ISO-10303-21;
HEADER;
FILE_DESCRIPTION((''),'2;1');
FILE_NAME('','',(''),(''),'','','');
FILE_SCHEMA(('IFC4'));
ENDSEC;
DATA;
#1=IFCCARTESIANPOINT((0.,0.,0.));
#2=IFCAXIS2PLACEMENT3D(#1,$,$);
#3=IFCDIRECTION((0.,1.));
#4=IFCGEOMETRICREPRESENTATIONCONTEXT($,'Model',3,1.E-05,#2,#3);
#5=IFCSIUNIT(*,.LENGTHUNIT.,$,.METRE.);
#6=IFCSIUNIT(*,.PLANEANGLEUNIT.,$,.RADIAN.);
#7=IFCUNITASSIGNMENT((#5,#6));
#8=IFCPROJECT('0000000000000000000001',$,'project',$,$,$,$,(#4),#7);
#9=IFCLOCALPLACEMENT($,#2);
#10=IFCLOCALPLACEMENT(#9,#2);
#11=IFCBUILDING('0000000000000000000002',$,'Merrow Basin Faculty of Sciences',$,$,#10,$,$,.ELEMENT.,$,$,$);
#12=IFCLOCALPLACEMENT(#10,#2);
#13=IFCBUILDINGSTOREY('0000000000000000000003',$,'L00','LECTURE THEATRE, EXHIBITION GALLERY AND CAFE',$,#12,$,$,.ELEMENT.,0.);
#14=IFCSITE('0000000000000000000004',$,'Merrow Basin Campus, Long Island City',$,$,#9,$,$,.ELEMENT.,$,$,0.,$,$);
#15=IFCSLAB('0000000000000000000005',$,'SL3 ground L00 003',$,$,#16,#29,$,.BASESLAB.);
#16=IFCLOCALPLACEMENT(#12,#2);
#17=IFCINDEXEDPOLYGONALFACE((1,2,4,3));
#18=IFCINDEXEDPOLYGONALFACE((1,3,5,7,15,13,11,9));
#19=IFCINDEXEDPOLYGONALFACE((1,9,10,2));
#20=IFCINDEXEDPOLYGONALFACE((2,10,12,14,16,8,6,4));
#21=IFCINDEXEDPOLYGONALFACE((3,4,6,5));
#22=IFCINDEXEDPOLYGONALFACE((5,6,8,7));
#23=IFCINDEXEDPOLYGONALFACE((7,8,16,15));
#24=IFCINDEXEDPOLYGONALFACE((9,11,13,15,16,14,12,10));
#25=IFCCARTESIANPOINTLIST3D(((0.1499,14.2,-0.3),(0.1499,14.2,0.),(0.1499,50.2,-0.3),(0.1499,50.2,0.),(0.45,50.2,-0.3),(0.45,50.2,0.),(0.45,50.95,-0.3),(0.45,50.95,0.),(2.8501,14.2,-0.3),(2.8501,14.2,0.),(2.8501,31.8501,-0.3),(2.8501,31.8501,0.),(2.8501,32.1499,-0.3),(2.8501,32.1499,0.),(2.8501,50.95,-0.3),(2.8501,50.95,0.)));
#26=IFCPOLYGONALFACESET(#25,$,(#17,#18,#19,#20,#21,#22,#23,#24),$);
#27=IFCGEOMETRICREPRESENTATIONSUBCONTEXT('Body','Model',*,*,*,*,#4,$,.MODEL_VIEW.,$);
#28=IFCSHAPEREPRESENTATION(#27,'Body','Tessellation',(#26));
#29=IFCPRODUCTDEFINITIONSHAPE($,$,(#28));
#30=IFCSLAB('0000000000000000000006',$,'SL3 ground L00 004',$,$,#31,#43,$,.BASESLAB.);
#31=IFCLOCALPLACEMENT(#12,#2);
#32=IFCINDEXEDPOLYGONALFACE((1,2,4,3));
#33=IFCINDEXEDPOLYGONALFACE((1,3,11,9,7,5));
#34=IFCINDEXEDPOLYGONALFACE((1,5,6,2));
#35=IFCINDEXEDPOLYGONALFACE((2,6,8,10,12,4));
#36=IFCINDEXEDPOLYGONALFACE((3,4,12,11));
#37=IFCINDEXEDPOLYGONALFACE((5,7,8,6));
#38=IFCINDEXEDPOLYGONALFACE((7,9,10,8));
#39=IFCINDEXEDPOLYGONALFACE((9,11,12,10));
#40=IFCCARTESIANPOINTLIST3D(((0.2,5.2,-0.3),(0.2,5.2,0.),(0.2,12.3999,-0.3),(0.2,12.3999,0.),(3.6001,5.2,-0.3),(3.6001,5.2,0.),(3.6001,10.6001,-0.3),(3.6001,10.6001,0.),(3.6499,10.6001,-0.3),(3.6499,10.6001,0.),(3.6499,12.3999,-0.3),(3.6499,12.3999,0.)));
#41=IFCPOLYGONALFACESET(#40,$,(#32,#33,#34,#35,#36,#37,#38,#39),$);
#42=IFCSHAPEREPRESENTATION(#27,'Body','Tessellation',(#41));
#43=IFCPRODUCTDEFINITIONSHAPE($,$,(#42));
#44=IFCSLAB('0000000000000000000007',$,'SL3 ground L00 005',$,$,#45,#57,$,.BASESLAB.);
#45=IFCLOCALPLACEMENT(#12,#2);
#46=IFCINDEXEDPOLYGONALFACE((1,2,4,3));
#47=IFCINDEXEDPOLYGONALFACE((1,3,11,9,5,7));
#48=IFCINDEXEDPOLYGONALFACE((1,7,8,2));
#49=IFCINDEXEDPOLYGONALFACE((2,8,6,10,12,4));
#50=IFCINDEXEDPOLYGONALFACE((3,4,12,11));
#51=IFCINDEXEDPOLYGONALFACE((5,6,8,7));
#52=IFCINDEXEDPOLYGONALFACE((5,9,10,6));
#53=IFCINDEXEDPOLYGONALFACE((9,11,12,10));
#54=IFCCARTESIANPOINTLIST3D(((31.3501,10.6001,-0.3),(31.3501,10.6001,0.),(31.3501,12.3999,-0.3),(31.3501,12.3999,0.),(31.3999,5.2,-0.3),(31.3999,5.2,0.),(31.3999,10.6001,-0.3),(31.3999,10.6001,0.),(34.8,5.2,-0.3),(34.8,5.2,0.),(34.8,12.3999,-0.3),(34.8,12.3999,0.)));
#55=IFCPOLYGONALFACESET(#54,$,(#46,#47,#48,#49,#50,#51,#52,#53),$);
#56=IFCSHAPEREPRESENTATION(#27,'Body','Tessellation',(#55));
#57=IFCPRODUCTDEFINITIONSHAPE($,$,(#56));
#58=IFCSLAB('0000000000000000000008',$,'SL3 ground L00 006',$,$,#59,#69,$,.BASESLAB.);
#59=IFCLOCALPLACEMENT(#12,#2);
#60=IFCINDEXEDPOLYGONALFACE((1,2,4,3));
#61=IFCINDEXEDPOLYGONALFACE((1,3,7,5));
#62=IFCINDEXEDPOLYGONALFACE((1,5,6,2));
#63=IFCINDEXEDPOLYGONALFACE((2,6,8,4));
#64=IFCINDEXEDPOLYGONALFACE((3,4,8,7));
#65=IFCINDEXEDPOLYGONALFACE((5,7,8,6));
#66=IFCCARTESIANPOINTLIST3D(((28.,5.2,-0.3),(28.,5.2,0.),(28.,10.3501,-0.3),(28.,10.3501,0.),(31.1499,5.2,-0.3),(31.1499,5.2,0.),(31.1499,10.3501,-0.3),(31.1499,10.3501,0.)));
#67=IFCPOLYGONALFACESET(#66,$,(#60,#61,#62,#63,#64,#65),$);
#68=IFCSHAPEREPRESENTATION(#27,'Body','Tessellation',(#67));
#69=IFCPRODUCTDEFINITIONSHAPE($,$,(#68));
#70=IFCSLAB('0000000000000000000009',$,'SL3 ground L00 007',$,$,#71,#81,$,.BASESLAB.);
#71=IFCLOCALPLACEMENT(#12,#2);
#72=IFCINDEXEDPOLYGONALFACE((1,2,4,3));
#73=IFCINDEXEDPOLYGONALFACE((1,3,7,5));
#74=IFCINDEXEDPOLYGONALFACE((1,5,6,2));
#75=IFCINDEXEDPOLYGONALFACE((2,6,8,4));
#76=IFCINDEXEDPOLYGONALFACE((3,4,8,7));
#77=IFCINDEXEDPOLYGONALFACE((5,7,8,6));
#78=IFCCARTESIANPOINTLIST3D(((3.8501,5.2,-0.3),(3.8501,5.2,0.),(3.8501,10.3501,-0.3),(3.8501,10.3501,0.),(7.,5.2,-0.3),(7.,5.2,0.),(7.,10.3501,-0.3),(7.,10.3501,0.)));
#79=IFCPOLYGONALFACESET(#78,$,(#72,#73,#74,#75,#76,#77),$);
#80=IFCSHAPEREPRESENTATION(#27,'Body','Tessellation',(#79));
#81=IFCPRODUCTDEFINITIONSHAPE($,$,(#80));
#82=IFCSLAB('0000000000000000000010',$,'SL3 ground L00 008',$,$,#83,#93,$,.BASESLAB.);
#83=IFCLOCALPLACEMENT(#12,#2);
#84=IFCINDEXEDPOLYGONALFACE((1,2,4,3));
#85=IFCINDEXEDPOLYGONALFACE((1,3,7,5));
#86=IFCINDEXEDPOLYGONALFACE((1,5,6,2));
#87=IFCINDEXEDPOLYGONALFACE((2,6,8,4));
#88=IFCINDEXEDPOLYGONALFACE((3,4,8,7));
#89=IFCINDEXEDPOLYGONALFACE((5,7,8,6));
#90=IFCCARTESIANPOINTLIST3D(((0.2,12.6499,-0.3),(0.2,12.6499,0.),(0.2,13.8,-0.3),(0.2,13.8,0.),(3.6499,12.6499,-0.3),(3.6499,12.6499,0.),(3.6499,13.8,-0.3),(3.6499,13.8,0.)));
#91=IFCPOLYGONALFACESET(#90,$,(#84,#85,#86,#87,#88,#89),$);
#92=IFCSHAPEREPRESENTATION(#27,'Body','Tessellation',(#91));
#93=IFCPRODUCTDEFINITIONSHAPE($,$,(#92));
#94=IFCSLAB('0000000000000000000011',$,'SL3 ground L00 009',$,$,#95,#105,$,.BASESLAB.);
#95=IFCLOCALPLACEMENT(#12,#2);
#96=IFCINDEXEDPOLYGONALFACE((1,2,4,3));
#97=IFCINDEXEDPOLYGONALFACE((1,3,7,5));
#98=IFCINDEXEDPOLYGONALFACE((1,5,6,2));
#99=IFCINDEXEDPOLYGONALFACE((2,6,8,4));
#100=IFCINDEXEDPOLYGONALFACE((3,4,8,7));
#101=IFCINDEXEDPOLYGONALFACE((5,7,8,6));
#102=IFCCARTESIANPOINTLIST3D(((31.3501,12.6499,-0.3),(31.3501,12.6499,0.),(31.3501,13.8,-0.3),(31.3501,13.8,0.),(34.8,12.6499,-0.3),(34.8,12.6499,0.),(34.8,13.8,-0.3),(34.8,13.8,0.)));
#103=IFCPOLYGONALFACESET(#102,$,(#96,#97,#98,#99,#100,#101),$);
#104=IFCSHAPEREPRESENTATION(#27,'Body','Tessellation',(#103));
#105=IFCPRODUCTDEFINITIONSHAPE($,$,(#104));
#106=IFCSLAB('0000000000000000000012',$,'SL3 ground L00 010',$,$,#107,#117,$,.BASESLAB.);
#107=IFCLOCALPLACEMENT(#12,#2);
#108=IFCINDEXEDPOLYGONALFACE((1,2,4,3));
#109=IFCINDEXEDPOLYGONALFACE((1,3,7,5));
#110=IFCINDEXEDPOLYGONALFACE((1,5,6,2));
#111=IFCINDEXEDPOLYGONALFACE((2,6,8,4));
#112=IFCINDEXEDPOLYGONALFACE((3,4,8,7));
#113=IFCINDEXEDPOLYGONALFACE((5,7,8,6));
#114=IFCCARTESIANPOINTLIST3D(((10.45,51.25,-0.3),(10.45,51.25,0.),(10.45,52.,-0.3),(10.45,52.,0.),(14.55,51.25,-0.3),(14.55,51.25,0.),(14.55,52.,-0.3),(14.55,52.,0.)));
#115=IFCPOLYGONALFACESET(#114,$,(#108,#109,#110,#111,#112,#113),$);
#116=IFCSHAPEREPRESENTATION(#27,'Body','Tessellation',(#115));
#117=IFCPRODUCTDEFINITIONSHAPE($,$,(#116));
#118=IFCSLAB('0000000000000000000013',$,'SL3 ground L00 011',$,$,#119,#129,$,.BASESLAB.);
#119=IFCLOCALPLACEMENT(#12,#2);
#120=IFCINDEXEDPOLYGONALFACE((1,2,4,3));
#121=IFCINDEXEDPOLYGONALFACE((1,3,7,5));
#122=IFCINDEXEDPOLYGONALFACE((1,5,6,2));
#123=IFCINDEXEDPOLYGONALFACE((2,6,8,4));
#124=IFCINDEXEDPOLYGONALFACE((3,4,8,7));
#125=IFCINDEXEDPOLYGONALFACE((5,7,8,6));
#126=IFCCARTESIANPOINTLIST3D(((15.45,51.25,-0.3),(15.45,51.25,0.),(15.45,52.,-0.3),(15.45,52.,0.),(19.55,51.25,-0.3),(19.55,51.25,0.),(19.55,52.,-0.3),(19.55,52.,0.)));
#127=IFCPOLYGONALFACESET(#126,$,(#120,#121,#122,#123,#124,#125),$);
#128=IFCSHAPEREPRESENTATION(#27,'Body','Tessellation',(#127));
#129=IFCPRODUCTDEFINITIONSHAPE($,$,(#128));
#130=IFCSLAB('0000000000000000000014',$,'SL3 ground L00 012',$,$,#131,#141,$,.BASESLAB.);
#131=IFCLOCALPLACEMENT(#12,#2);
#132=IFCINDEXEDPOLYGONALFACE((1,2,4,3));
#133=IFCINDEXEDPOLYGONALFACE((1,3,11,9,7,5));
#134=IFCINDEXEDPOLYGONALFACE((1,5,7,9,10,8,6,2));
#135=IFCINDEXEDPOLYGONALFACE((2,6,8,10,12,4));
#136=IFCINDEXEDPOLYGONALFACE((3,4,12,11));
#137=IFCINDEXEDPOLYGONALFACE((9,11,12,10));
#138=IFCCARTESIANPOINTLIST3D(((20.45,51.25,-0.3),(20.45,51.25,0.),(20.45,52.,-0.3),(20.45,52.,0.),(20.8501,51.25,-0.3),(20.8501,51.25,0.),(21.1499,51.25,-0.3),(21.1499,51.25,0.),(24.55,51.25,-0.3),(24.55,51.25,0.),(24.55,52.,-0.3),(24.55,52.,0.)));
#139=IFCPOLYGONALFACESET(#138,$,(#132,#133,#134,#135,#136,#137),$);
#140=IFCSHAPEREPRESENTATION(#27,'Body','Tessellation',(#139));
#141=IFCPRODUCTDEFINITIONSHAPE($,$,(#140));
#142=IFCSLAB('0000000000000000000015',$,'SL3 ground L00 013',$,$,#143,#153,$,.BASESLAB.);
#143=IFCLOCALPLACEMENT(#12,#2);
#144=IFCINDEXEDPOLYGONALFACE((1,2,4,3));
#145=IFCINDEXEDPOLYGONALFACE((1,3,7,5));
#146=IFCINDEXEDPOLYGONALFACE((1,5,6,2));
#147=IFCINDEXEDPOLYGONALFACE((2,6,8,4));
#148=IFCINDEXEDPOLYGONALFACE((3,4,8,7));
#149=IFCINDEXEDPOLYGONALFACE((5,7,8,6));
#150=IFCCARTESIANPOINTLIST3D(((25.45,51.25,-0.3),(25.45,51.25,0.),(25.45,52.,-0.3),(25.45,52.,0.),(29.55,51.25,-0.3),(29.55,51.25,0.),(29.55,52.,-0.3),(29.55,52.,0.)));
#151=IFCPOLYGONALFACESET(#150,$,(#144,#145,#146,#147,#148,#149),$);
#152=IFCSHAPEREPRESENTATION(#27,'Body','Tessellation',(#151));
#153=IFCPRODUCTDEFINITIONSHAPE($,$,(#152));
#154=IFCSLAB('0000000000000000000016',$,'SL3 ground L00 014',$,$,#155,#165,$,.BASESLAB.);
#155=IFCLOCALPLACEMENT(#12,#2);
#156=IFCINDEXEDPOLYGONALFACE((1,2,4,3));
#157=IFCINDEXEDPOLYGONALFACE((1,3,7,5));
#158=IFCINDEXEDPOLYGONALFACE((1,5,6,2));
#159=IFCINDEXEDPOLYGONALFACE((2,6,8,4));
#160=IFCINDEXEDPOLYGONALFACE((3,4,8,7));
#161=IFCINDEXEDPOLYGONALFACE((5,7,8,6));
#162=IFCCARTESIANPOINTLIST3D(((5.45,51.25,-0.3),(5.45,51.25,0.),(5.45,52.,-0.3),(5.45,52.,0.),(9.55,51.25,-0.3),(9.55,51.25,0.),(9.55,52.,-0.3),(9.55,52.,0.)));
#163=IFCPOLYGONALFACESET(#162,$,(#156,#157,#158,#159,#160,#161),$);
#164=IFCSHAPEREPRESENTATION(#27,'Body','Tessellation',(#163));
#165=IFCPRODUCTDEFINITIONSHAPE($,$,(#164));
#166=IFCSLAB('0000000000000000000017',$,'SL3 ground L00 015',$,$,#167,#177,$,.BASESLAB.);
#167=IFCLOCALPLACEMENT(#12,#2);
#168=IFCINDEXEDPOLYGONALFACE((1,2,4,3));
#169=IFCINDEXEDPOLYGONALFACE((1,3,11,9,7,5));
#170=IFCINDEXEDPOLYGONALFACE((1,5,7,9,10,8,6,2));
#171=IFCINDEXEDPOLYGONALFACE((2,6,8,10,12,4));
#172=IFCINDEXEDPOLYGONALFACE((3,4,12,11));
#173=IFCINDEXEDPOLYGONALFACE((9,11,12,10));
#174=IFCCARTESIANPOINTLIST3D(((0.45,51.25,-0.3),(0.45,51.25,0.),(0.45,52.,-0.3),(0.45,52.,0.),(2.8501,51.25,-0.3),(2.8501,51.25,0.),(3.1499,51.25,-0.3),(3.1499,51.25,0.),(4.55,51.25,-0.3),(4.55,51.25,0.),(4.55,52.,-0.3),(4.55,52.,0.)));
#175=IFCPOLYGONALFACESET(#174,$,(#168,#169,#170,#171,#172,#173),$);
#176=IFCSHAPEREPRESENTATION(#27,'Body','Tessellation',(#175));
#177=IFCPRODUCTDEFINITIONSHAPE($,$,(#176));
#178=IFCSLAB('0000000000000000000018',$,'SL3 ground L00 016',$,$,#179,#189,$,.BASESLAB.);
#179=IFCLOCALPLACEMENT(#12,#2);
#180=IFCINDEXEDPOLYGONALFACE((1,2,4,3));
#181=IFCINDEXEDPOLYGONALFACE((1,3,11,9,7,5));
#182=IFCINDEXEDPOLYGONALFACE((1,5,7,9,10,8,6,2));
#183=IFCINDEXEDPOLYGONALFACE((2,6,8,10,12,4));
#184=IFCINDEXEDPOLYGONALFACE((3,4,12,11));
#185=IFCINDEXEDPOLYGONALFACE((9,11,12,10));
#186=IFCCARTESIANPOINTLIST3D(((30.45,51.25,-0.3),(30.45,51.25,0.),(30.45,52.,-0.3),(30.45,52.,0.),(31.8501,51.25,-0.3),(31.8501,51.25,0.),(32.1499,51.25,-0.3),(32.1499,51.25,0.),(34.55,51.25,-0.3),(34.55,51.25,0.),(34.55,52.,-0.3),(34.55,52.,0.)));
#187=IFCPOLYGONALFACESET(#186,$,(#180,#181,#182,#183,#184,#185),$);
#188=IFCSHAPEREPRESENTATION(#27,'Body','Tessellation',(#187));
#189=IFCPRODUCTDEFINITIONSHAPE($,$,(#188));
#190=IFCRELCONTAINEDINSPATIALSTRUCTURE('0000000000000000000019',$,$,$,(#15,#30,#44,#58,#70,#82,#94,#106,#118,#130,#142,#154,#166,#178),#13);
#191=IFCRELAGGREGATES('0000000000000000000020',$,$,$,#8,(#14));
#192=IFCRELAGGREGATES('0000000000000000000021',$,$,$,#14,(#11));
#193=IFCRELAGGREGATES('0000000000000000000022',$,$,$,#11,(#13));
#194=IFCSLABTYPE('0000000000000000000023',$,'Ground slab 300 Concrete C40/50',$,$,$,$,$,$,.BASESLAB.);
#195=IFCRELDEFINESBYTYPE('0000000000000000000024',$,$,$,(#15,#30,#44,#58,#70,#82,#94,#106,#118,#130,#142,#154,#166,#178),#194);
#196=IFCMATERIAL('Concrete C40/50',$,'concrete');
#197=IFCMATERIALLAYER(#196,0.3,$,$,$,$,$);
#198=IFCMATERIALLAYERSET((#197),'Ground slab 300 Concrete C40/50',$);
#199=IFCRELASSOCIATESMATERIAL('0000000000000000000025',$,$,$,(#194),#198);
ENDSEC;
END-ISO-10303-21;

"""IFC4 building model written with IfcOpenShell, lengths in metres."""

from ifc_helpers import new_model, si_unit, direction, frame, origin, place, context, subcontext, project, spatial, polyline, outline, extrude, material, layer, layer_set, type_object, element, save


model = new_model("IFC4")

# Units and contexts
model_context = context("Model", 3, precision=1e-05, world=origin(), true_north=direction((0.0, 1.0)))
body_context = subcontext(model_context, "Body", "Model", "MODEL_VIEW")
ifc_project = project(units=[si_unit("LENGTHUNIT", "METRE"), si_unit("PLANEANGLEUNIT", "RADIAN")], contexts=[model_context])

# Site, building, storey
site_placement = place(None, origin())
site = spatial("IfcSite", under=ifc_project, at=site_placement, Name="Merrow Basin Campus, Long Island City", CompositionType="ELEMENT", RefElevation=0.0)
building_placement = place(site_placement, origin())
building = spatial("IfcBuilding", under=site, at=building_placement, Name="Merrow Basin Faculty of Sciences", CompositionType="ELEMENT")
storey_placement = place(building_placement, origin())
storey = spatial("IfcBuildingStorey", under=building, at=storey_placement, Name="L00", Description="LECTURE THEATRE, EXHIBITION GALLERY AND CAFE", CompositionType="ELEMENT", Elevation=0.0)

# Slabs
ifc_material_1 = material(Name="Concrete C40/50", Category="concrete")
ifc_layer = layer(ifc_material_1, 0.3)
ifc_layer_set = layer_set([ifc_layer], Name="Ground slab 300 Concrete C40/50")
slab_type = type_object("IfcSlabType", Name="Ground slab 300 Concrete C40/50", PredefinedType="BASESLAB", material=ifc_layer_set)
slab_1_placement = place(storey_placement, frame((0.0, 0.0, -0.3)))
element("IfcSlab", 1, at=slab_1_placement, inside=storey, type_object=slab_type, Name="SL3 ground L00 003", PredefinedType="BASESLAB", context=body_context, shape_type="SweptSolid", body=[
    extrude(outline(polyline([(2.8501, 50.95), (2.8501, 32.1499), (2.8501, 31.8501), (2.8501, 14.2), (0.1499, 14.2), (0.1499, 50.2), (0.45, 50.2), (0.45, 50.95), (2.8501, 50.95)])), origin(), (0.0, 0.0, 1.0), 0.3),
])
slab_2_placement = place(storey_placement, frame((0.0, 0.0, -0.3)))
element("IfcSlab", 2, at=slab_2_placement, inside=storey, type_object=slab_type, Name="SL3 ground L00 004", PredefinedType="BASESLAB", context=body_context, shape_type="SweptSolid", body=[
    extrude(outline(polyline([(3.6499, 12.3999), (3.6499, 10.6001), (3.6001, 10.6001), (3.6001, 5.2), (0.2, 5.2), (0.2, 12.3999), (3.6499, 12.3999)])), origin(), (0.0, 0.0, 1.0), 0.3),
])
slab_3_placement = place(storey_placement, frame((0.0, 0.0, -0.3)))
element("IfcSlab", 3, at=slab_3_placement, inside=storey, type_object=slab_type, Name="SL3 ground L00 005", PredefinedType="BASESLAB", context=body_context, shape_type="SweptSolid", body=[
    extrude(outline(polyline([(34.8, 12.3999), (34.8, 5.2), (31.3999, 5.2), (31.3999, 10.6001), (31.3501, 10.6001), (31.3501, 12.3999), (34.8, 12.3999)])), origin(), (0.0, 0.0, 1.0), 0.3),
])
slab_4_placement = place(storey_placement, frame((0.0, 0.0, -0.3)))
element("IfcSlab", 4, at=slab_4_placement, inside=storey, type_object=slab_type, Name="SL3 ground L00 006", PredefinedType="BASESLAB", context=body_context, shape_type="SweptSolid", body=[
    extrude(outline(polyline([(28.0, 10.3501), (31.1499, 10.3501), (31.1499, 5.2), (28.0, 5.2), (28.0, 10.3501)])), origin(), (0.0, 0.0, 1.0), 0.3),
])
slab_5_placement = place(storey_placement, frame((0.0, 0.0, -0.3)))
element("IfcSlab", 5, at=slab_5_placement, inside=storey, type_object=slab_type, Name="SL3 ground L00 007", PredefinedType="BASESLAB", context=body_context, shape_type="SweptSolid", body=[
    extrude(outline(polyline([(3.8501, 5.2), (3.8501, 10.3501), (7.0, 10.3501), (7.0, 5.2), (3.8501, 5.2)])), origin(), (0.0, 0.0, 1.0), 0.3),
])
slab_6_placement = place(storey_placement, frame((0.0, 0.0, -0.3)))
element("IfcSlab", 6, at=slab_6_placement, inside=storey, type_object=slab_type, Name="SL3 ground L00 008", PredefinedType="BASESLAB", context=body_context, shape_type="SweptSolid", body=[
    extrude(outline(polyline([(3.6499, 13.8), (3.6499, 12.6499), (0.2, 12.6499), (0.2, 13.8), (3.6499, 13.8)])), origin(), (0.0, 0.0, 1.0), 0.3),
])
slab_7_placement = place(storey_placement, frame((0.0, 0.0, -0.3)))
element("IfcSlab", 7, at=slab_7_placement, inside=storey, type_object=slab_type, Name="SL3 ground L00 009", PredefinedType="BASESLAB", context=body_context, shape_type="SweptSolid", body=[
    extrude(outline(polyline([(34.8, 13.8), (34.8, 12.6499), (31.3501, 12.6499), (31.3501, 13.8), (34.8, 13.8)])), origin(), (0.0, 0.0, 1.0), 0.3),
])
slab_8_placement = place(storey_placement, frame((0.0, 0.0, -0.3)))
element("IfcSlab", 8, at=slab_8_placement, inside=storey, type_object=slab_type, Name="SL3 ground L00 010", PredefinedType="BASESLAB", context=body_context, shape_type="SweptSolid", body=[
    extrude(outline(polyline([(14.55, 51.25), (10.45, 51.25), (10.45, 52.0), (14.55, 52.0), (14.55, 51.25)])), origin(), (0.0, 0.0, 1.0), 0.3),
])
slab_9_placement = place(storey_placement, frame((0.0, 0.0, -0.3)))
element("IfcSlab", 9, at=slab_9_placement, inside=storey, type_object=slab_type, Name="SL3 ground L00 011", PredefinedType="BASESLAB", context=body_context, shape_type="SweptSolid", body=[
    extrude(outline(polyline([(19.55, 51.25), (15.45, 51.25), (15.45, 52.0), (19.55, 52.0), (19.55, 51.25)])), origin(), (0.0, 0.0, 1.0), 0.3),
])
slab_10_placement = place(storey_placement, frame((0.0, 0.0, -0.3)))
element("IfcSlab", 10, at=slab_10_placement, inside=storey, type_object=slab_type, Name="SL3 ground L00 012", PredefinedType="BASESLAB", context=body_context, shape_type="SweptSolid", body=[
    extrude(outline(polyline([(24.55, 51.25), (21.1499, 51.25), (20.8501, 51.25), (20.45, 51.25), (20.45, 52.0), (24.55, 52.0), (24.55, 51.25)])), origin(), (0.0, 0.0, 1.0), 0.3),
])
slab_11_placement = place(storey_placement, frame((0.0, 0.0, -0.3)))
element("IfcSlab", 11, at=slab_11_placement, inside=storey, type_object=slab_type, Name="SL3 ground L00 013", PredefinedType="BASESLAB", context=body_context, shape_type="SweptSolid", body=[
    extrude(outline(polyline([(29.55, 51.25), (25.45, 51.25), (25.45, 52.0), (29.55, 52.0), (29.55, 51.25)])), origin(), (0.0, 0.0, 1.0), 0.3),
])
slab_12_placement = place(storey_placement, frame((0.0, 0.0, -0.3)))
element("IfcSlab", 12, at=slab_12_placement, inside=storey, type_object=slab_type, Name="SL3 ground L00 014", PredefinedType="BASESLAB", context=body_context, shape_type="SweptSolid", body=[
    extrude(outline(polyline([(9.55, 51.25), (5.45, 51.25), (5.45, 52.0), (9.55, 52.0), (9.55, 51.25)])), origin(), (0.0, 0.0, 1.0), 0.3),
])
slab_13_placement = place(storey_placement, frame((0.0, 0.0, -0.3)))
element("IfcSlab", 13, at=slab_13_placement, inside=storey, type_object=slab_type, Name="SL3 ground L00 015", PredefinedType="BASESLAB", context=body_context, shape_type="SweptSolid", body=[
    extrude(outline(polyline([(4.55, 51.25), (3.1499, 51.25), (2.8501, 51.25), (0.45, 51.25), (0.45, 52.0), (4.55, 52.0), (4.55, 51.25)])), origin(), (0.0, 0.0, 1.0), 0.3),
])
slab_14_placement = place(storey_placement, frame((0.0, 0.0, -0.3)))
element("IfcSlab", 14, at=slab_14_placement, inside=storey, type_object=slab_type, Name="SL3 ground L00 016", PredefinedType="BASESLAB", context=body_context, shape_type="SweptSolid", body=[
    extrude(outline(polyline([(34.55, 51.25), (32.1499, 51.25), (31.8501, 51.25), (30.45, 51.25), (30.45, 52.0), (34.55, 52.0), (34.55, 51.25)])), origin(), (0.0, 0.0, 1.0), 0.3),
])

save(model, "model.ifc")
